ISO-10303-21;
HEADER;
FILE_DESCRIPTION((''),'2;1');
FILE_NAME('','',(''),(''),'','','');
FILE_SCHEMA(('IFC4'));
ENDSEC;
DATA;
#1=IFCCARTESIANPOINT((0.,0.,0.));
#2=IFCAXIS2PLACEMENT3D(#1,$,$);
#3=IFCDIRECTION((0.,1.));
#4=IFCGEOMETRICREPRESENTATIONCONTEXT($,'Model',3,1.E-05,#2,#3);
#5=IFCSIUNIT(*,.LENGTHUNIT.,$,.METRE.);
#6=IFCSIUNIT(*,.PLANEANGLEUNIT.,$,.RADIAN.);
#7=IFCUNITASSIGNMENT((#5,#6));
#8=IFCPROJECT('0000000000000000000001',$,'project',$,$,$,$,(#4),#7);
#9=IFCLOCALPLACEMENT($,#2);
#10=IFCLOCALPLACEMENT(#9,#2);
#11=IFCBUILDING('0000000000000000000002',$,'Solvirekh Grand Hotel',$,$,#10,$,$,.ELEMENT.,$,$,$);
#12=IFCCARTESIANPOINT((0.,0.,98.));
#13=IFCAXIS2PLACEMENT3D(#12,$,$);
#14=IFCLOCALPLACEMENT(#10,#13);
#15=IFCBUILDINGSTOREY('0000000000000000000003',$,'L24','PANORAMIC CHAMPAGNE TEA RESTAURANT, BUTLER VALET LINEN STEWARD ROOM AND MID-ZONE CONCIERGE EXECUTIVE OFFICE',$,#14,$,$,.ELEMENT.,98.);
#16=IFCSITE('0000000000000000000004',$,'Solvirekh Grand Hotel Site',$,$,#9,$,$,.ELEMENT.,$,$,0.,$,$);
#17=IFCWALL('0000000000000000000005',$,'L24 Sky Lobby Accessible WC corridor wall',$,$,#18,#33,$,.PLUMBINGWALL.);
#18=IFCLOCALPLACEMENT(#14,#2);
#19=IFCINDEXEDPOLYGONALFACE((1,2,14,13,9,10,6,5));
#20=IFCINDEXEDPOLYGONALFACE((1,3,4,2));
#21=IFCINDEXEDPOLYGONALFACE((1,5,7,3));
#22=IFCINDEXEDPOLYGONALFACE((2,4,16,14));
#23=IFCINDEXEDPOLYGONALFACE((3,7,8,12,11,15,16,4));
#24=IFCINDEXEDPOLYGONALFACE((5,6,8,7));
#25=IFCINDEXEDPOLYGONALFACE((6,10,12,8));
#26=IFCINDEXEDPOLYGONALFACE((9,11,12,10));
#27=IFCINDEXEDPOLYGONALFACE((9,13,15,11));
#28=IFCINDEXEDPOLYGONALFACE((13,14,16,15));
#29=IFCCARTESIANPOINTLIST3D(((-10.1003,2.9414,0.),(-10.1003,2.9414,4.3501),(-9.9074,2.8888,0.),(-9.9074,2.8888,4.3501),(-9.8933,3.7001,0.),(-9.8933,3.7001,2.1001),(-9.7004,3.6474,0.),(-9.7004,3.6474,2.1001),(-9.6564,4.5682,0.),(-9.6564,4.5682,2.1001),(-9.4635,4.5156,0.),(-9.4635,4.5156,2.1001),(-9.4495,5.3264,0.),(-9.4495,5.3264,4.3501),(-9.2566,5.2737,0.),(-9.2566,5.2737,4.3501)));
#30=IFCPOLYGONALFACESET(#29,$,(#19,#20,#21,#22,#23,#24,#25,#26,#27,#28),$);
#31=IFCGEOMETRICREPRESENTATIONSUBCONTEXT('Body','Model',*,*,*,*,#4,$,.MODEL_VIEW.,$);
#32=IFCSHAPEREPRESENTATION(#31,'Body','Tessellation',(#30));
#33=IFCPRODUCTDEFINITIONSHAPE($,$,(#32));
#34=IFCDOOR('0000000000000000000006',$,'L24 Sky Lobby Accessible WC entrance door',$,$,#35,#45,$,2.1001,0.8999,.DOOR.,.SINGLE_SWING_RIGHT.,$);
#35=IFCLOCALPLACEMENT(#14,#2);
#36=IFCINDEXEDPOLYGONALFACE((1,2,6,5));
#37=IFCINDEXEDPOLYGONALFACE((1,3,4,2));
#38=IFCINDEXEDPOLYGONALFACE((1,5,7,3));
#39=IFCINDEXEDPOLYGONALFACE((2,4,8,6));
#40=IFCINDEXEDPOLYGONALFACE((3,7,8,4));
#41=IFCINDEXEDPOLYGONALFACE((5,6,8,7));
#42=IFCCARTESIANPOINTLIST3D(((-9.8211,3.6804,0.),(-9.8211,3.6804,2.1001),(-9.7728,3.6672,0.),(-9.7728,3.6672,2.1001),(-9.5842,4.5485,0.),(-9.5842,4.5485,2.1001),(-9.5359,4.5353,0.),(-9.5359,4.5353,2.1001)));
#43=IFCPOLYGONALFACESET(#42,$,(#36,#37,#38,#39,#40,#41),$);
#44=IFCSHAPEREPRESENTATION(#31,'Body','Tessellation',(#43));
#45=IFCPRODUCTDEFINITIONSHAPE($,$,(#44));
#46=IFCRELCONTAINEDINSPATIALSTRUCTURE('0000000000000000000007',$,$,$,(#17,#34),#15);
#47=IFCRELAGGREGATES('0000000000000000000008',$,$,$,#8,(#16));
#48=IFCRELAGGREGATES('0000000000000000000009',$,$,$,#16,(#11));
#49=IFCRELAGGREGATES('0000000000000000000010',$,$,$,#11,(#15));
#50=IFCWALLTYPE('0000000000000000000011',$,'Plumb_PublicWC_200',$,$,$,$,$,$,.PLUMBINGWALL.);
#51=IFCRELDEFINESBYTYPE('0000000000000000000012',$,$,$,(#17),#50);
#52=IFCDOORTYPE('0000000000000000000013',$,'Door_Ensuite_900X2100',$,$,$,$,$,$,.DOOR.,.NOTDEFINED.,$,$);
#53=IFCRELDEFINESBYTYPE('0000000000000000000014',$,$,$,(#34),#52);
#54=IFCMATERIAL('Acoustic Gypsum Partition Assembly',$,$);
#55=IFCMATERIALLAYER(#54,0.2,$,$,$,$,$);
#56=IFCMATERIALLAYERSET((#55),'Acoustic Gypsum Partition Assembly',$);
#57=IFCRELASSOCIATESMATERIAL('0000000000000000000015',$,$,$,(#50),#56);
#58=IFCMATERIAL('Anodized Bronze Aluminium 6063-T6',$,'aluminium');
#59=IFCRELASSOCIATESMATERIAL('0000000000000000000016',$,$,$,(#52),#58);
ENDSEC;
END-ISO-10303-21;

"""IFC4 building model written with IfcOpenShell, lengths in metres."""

from ifc_helpers import new_model, si_unit, direction, frame, frame_2d, origin, place, context, subcontext, project, spatial, rectangle, extrude, material, layer, layer_set, type_object, element, fill, save


model = new_model("IFC4")

# Units and contexts
model_context = context("Model", 3, precision=1e-05, world=origin(), true_north=direction((0.0, 1.0)))
body_context = subcontext(model_context, "Body", "Model", "MODEL_VIEW")
ifc_project = project(units=[si_unit("LENGTHUNIT", "METRE"), si_unit("PLANEANGLEUNIT", "RADIAN")], contexts=[model_context])

# Site, building, storey
site_placement = place(None, origin())
site = spatial("IfcSite", under=ifc_project, at=site_placement, Name="Solvirekh Grand Hotel Site", CompositionType="ELEMENT", RefElevation=0.0)
building_placement = place(site_placement, origin())
building = spatial("IfcBuilding", under=site, at=building_placement, Name="Solvirekh Grand Hotel", CompositionType="ELEMENT")
storey_placement = place(building_placement, frame((0.0, 0.0, 98.0)))
storey = spatial("IfcBuildingStorey", under=building, at=storey_placement, Name="L24", Description="PANORAMIC CHAMPAGNE TEA RESTAURANT, BUTLER VALET LINEN STEWARD ROOM AND MID-ZONE CONCIERGE EXECUTIVE OFFICE", CompositionType="ELEMENT", Elevation=98.0)

# Shared definitions
ifc_material_1 = material(Name="Acoustic Gypsum Partition Assembly")

# Shared definitions
ifc_material_2 = material(Name="Anodized Bronze Aluminium 6063-T6", Category="aluminium")

# Wall, opening, door
ifc_layer_1 = layer(ifc_material_1, 0.2)
ifc_layer_set_1 = layer_set([ifc_layer_1], Name="Acoustic Gypsum Partition Assembly")
wall_type_1 = type_object("IfcWallType", Name="Plumb_PublicWC_200", PredefinedType="PLUMBINGWALL", material=ifc_layer_set_1)
wall_1_placement = place(storey_placement, frame((-9.353, 5.3, 0.0), z_axis=(0.0, 0.0, 1.0), x_axis=(-0.263276, -0.964721, 0.0)))
wall_1 = element("IfcWall", 1, at=wall_1_placement, inside=storey, type_object=wall_type_1, Name="L24 Sky Lobby Accessible WC corridor wall", PredefinedType="PLUMBINGWALL", context=body_context, shape_type="SweptSolid", body=[
    extrude(rectangle(XDim=2.4722, YDim=0.2, at=frame_2d((1.2361, 0.0))), origin(), (0.0, 0.0, 1.0), 4.3501),
])
opening_1_placement = place(wall_1_placement, frame((0.7859, 0.0, 0.0)))
opening_1 = element("IfcOpeningElement", 2, at=opening_1_placement, cuts=wall_1, PredefinedType="OPENING", context=body_context, shape_type="SweptSolid", body=[
    extrude(rectangle(XDim=0.8999, YDim=2.1001, at=frame_2d((0.45, 1.05))), frame((0.0, 0.1099, 0.0), z_axis=(0.0, -1.0, 0.0), x_axis=(1.0, 0.0, 0.0)), (0.0, 0.0, 1.0), 0.22),
])
door_type_1 = type_object("IfcDoorType", Name="Door_Ensuite_900X2100", OperationType="NOTDEFINED", PredefinedType="DOOR", material=ifc_material_2)
door_1_placement = place(opening_1_placement, origin())
door_1 = element("IfcDoor", 3, at=door_1_placement, inside=storey, type_object=door_type_1, Name="L24 Sky Lobby Accessible WC entrance door", OperationType="SINGLE_SWING_RIGHT", OverallHeight=2.1001, OverallWidth=0.8999, PredefinedType="DOOR", context=body_context, shape_type="SweptSolid", body=[
    extrude(rectangle(XDim=0.8999, YDim=2.1001, at=frame_2d((0.45, 1.05))), frame((0.0, 0.0249, 0.0), z_axis=(0.0, -1.0, 0.0), x_axis=(1.0, 0.0, 0.0)), (0.0, 0.0, 1.0), 0.05),
])
fill(opening_1, door_1)

save(model, "model.ifc")
